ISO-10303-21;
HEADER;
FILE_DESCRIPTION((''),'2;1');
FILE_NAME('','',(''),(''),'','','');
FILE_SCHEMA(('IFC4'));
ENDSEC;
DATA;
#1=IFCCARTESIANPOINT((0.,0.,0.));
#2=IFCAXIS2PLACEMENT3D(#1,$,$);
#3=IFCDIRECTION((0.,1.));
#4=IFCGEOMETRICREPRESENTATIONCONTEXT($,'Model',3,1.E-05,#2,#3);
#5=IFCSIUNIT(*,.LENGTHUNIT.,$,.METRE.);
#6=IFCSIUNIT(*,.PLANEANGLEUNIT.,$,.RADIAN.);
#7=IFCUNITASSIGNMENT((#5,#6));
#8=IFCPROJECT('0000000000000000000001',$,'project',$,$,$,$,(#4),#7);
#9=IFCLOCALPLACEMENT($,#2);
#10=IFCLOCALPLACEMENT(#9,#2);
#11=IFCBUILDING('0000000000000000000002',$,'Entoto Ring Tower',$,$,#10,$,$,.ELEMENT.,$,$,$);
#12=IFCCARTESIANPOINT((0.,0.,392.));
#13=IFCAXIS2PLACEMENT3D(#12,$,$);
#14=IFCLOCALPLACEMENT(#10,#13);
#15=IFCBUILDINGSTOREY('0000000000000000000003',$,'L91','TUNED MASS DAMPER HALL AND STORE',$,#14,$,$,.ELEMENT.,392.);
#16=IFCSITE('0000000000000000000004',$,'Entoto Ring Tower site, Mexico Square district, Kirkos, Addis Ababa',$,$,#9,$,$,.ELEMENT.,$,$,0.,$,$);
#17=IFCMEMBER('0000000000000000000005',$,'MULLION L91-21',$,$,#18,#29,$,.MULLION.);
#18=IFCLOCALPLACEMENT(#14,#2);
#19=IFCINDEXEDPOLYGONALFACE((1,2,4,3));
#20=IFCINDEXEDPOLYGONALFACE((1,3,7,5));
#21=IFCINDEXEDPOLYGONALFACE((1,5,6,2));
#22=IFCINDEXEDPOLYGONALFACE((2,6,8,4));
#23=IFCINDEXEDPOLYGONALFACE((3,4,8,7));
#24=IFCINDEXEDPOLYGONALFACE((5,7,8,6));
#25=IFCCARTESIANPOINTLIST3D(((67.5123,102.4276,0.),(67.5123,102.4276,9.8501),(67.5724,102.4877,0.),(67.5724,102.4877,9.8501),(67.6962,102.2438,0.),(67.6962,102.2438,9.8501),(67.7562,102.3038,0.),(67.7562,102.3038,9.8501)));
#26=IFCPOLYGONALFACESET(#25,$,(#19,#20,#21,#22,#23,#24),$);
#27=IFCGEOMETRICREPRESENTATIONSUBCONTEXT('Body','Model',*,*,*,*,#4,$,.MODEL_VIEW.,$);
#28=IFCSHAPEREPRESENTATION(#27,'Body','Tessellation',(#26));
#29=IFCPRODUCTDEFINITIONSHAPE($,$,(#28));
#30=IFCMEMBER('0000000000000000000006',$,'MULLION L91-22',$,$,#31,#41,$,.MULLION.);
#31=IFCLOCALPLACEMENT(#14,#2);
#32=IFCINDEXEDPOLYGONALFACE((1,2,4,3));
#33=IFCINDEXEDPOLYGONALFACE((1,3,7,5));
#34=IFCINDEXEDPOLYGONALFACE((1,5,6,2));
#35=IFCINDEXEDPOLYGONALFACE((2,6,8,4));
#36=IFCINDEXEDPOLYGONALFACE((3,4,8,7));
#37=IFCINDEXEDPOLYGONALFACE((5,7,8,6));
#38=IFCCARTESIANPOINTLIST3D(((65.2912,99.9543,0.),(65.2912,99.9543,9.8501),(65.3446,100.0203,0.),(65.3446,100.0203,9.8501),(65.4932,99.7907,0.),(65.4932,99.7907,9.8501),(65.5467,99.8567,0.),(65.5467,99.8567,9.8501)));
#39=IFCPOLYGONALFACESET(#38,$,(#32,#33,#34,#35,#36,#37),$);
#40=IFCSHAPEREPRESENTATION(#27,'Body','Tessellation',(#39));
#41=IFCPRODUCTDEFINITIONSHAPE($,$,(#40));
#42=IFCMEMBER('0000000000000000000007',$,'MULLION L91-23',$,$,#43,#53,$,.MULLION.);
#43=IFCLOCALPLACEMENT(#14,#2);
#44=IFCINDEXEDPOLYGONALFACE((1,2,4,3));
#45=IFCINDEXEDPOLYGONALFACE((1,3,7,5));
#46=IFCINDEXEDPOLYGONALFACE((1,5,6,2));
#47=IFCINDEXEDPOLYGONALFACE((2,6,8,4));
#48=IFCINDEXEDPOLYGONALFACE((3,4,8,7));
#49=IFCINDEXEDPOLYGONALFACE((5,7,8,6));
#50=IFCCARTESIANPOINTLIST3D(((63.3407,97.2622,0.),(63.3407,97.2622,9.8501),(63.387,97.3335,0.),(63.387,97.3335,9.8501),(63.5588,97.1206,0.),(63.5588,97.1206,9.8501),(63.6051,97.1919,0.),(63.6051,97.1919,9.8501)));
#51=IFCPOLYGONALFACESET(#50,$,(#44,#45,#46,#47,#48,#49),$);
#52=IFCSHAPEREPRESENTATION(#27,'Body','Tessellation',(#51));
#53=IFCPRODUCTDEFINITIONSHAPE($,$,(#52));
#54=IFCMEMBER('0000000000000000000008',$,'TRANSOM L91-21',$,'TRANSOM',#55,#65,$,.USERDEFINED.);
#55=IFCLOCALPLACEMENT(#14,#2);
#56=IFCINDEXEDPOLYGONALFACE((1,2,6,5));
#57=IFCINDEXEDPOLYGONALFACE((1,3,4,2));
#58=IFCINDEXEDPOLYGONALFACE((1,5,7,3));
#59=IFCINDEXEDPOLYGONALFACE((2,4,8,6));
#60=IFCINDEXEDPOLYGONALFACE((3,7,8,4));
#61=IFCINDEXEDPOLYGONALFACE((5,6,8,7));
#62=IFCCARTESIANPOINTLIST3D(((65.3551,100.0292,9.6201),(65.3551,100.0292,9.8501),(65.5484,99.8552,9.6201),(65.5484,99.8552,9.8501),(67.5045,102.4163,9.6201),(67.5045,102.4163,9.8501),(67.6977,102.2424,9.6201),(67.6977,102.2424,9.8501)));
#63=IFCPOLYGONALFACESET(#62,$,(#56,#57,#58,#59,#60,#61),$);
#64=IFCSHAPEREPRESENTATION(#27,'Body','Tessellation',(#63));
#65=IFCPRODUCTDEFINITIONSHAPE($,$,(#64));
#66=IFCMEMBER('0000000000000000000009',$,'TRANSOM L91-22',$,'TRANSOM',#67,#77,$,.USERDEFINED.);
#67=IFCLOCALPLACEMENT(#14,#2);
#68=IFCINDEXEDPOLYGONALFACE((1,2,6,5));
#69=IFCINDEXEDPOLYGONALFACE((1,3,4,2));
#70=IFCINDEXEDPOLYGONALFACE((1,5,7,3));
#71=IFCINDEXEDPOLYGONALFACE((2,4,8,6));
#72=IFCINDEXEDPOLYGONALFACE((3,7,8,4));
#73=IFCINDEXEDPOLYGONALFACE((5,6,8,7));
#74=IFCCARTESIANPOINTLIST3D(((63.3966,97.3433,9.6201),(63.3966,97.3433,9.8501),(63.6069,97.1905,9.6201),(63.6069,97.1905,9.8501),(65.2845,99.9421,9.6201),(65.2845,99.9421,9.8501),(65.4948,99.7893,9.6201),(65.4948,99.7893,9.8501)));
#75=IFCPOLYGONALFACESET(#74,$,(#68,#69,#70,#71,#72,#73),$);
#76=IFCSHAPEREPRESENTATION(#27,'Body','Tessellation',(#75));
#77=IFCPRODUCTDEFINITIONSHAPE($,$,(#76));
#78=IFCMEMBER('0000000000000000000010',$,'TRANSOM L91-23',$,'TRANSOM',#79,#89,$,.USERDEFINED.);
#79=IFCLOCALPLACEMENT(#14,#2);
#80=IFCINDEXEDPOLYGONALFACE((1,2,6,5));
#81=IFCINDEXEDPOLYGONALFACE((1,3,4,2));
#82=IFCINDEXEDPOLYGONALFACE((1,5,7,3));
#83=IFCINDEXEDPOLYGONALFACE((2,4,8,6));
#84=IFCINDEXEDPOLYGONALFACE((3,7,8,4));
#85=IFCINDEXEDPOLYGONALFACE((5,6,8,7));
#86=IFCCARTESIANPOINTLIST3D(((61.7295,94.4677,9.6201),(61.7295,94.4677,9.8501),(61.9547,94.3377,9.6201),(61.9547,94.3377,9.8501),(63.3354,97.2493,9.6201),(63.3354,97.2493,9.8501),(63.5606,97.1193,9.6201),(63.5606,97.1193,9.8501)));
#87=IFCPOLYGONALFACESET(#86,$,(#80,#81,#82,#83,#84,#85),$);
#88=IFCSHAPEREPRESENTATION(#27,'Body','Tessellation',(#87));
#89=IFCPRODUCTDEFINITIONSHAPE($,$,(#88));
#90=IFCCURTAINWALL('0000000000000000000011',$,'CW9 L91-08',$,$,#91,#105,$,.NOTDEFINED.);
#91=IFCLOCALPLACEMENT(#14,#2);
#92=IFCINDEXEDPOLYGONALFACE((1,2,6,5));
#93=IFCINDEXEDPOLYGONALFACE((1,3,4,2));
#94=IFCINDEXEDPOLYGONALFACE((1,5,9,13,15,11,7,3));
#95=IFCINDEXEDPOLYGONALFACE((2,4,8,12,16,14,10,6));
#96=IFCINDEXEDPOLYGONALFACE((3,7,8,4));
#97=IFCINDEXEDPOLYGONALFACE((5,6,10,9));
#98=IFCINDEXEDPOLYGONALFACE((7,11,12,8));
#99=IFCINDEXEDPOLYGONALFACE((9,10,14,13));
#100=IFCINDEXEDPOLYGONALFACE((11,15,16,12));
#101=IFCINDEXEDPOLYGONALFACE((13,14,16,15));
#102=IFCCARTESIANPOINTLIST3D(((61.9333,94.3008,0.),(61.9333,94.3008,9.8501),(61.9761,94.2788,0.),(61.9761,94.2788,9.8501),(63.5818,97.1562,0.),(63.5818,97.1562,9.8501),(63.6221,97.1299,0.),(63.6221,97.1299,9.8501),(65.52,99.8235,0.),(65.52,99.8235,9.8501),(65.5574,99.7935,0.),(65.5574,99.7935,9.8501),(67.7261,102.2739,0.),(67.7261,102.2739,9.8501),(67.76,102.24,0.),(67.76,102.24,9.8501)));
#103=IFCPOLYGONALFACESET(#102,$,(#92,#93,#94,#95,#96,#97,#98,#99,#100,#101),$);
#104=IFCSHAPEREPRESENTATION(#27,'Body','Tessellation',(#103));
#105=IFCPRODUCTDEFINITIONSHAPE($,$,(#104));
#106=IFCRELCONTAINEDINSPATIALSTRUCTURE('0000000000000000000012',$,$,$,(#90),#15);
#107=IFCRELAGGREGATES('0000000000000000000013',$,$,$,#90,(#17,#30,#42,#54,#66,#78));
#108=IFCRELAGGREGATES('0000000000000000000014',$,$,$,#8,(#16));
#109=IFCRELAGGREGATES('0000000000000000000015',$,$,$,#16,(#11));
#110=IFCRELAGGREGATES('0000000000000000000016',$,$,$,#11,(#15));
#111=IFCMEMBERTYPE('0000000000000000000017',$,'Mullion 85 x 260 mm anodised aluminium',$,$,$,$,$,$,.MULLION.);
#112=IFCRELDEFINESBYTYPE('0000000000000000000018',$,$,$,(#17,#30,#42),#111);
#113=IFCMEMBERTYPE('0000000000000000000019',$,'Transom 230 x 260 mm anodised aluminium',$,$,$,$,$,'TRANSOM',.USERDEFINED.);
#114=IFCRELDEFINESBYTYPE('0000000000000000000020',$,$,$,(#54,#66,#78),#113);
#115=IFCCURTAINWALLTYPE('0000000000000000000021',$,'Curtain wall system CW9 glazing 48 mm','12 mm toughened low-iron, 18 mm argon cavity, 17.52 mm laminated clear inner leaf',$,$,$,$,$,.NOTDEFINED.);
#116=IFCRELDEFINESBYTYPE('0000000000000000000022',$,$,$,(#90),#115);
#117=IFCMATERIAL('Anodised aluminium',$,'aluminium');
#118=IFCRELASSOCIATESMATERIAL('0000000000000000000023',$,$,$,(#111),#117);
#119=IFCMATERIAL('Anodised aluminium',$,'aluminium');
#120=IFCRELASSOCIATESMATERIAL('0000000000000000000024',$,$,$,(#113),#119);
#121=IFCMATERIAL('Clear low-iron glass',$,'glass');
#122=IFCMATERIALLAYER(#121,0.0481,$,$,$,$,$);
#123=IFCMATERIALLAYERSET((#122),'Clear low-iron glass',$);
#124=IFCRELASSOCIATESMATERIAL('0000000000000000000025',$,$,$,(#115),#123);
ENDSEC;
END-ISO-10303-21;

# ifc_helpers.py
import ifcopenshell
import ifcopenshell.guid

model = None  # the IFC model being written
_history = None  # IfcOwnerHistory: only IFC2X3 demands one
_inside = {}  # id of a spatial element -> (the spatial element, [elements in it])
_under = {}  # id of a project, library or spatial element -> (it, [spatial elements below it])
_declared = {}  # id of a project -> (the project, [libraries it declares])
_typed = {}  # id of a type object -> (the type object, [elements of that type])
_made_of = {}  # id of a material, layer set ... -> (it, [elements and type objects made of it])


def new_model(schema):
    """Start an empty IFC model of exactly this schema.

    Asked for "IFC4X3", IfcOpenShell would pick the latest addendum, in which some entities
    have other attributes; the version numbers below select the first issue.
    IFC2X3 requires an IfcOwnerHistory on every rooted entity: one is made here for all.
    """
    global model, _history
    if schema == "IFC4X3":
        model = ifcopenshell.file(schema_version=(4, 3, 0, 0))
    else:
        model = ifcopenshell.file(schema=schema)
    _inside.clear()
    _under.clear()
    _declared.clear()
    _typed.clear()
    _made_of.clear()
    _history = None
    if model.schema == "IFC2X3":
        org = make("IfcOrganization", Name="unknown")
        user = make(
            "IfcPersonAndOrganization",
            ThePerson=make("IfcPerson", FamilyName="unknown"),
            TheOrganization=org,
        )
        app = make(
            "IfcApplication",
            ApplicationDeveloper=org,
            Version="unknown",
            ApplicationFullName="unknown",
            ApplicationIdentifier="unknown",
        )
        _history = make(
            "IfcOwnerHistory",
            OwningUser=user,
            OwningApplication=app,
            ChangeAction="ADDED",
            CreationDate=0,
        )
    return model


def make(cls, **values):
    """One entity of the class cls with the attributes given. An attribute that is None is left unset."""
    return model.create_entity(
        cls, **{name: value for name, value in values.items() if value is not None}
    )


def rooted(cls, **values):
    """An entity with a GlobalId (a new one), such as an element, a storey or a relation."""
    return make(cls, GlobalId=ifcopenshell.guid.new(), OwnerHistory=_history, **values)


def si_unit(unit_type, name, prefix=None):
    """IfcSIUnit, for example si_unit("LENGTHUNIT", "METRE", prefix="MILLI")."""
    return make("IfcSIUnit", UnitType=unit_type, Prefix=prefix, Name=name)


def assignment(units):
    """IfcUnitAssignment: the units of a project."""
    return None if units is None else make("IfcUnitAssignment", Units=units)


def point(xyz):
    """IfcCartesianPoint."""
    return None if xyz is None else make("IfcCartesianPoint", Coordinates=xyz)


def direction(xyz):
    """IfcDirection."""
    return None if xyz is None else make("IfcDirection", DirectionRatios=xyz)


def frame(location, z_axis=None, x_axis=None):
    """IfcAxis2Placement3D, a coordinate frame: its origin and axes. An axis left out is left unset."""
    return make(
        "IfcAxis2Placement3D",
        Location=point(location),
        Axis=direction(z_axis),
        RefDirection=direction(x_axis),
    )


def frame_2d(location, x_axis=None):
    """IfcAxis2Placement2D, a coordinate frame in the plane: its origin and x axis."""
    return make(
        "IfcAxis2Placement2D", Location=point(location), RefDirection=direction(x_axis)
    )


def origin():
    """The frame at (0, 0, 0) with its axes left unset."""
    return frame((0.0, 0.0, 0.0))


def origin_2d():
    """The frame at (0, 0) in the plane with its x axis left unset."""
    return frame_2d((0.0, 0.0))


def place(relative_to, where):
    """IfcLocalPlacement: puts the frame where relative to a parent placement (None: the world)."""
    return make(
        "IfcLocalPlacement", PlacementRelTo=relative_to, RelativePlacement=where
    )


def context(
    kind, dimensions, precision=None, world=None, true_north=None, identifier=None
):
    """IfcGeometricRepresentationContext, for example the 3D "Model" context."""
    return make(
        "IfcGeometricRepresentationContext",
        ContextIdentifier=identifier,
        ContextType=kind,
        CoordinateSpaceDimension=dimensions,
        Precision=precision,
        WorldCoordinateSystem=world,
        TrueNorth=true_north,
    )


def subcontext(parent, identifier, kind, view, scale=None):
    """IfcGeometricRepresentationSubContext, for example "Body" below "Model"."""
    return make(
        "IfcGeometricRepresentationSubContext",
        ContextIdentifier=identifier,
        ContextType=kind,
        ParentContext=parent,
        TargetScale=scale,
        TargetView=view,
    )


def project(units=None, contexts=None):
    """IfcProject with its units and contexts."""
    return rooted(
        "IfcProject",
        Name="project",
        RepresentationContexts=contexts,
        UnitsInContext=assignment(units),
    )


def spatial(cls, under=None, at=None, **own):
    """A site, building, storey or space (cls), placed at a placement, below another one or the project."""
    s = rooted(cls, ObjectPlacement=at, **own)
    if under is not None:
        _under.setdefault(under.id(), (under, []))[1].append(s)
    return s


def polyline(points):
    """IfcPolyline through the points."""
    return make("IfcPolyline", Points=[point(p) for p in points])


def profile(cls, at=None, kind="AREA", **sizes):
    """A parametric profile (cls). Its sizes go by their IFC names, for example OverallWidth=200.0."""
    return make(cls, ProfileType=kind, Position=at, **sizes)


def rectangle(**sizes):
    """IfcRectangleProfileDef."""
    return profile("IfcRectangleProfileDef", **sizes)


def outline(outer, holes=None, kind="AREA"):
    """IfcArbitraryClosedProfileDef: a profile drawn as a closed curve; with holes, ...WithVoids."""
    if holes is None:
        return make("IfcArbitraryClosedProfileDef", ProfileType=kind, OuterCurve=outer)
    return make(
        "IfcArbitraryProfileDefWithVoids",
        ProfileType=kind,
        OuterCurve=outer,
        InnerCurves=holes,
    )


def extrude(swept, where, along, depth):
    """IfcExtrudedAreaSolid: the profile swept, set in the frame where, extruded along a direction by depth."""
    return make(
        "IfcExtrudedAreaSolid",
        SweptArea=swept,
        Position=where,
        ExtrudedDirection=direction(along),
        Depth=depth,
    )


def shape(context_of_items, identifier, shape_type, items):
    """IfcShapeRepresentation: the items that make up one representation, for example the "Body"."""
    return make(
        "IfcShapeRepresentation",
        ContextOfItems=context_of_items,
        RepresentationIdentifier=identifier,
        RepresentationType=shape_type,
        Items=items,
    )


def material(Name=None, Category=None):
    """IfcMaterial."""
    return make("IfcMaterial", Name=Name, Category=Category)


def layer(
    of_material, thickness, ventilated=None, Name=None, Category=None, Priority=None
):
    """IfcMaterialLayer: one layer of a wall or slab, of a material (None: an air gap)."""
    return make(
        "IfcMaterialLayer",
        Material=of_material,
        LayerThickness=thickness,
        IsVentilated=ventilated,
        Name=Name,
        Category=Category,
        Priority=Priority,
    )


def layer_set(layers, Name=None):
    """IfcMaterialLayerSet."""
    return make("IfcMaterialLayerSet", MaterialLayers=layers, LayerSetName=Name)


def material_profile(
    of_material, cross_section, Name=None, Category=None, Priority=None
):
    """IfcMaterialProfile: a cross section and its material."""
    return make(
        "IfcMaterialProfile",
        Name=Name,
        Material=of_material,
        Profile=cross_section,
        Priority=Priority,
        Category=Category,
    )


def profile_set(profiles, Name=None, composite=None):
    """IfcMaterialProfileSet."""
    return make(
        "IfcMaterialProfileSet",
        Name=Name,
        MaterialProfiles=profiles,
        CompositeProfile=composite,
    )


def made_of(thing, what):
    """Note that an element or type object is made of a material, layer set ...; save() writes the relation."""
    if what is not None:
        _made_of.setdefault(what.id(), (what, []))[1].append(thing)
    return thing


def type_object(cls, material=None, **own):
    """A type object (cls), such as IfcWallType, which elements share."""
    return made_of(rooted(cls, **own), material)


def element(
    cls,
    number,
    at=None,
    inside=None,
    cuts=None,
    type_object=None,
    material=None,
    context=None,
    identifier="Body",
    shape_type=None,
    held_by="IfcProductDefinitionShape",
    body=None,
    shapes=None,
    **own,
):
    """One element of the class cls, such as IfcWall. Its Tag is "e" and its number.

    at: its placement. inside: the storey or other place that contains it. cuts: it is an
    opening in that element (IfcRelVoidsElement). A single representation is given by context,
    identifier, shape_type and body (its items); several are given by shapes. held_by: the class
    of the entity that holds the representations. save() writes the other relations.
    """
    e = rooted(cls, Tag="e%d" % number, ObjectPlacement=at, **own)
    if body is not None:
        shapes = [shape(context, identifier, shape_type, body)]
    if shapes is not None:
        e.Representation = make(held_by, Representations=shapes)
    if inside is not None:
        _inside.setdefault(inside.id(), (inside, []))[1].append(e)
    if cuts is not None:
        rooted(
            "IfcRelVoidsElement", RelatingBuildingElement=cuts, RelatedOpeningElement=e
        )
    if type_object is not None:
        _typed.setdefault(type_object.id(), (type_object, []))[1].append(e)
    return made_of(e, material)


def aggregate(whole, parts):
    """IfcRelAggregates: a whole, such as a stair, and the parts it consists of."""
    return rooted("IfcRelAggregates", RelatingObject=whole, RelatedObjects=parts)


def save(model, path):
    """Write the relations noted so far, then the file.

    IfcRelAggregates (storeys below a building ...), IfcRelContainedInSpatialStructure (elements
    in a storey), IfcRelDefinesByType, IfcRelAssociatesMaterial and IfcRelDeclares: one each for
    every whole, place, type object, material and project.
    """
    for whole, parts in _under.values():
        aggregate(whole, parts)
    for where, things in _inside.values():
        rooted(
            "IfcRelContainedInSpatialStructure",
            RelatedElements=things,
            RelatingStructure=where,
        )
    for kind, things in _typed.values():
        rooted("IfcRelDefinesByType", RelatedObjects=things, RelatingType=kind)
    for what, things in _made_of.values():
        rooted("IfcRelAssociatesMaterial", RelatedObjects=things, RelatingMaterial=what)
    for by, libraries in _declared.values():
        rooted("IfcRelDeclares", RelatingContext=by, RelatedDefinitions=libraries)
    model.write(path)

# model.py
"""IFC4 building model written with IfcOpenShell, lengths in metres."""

from ifc_helpers import new_model, si_unit, direction, frame, origin, origin_2d, place, context, subcontext, project, spatial, polyline, rectangle, outline, extrude, material, layer, layer_set, material_profile, profile_set, type_object, element, aggregate, save


model = new_model("IFC4")

# Units and contexts
model_context = context("Model", 3, precision=1e-05, world=origin(), true_north=direction((0.0, 1.0)))
body_context = subcontext(model_context, "Body", "Model", "MODEL_VIEW")
ifc_project = project(units=[si_unit("LENGTHUNIT", "METRE"), si_unit("PLANEANGLEUNIT", "RADIAN")], contexts=[model_context])

# Members
ifc_material_1 = material(Name="Anodised aluminium", Category="aluminium")
ifc_material_profile_1 = material_profile(ifc_material_1, rectangle(XDim=0.085, YDim=0.26, at=origin_2d()), Name="Mullion 85 x 260 mm anodised aluminium")
ifc_profile_set_1 = profile_set([ifc_material_profile_1], Name="Anodised aluminium")
member_type_1 = type_object("IfcMemberType", Name="Mullion 85 x 260 mm anodised aluminium", PredefinedType="MULLION", material=ifc_profile_set_1)
site_placement = place(None, origin())
building_placement = place(site_placement, origin())
storey_placement = place(building_placement, frame((0.0, 0.0, 392.0)))
member_1_placement = place(storey_placement, frame((67.6343, 102.3657, 0.0), z_axis=(0.0, 0.0, 1.0), x_axis=(-0.707107, -0.707107, 0.0)))
member_1 = element("IfcMember", 1, at=member_1_placement, type_object=member_type_1, Name="MULLION L91-21", PredefinedType="MULLION", context=body_context, shape_type="SweptSolid", body=[
    extrude(rectangle(XDim=0.085, YDim=0.26, at=origin_2d()), origin(), (0.0, 0.0, 1.0), 9.8501),
])
member_2_placement = place(storey_placement, frame((65.4189, 99.9055, 0.0), z_axis=(0.0, 0.0, 1.0), x_axis=(-0.62932, -0.777146, 0.0)))
member_2 = element("IfcMember", 2, at=member_2_placement, type_object=member_type_1, Name="MULLION L91-22", PredefinedType="MULLION", context=body_context, shape_type="SweptSolid", body=[
    extrude(rectangle(XDim=0.085, YDim=0.26, at=origin_2d()), origin(), (0.0, 0.0, 1.0), 9.8501),
])
member_3_placement = place(storey_placement, frame((63.4729, 97.2271, 0.0), z_axis=(0.0, 0.0, 1.0), x_axis=(-0.544639, -0.838671, 0.0)))
member_3 = element("IfcMember", 3, at=member_3_placement, type_object=member_type_1, Name="MULLION L91-23", PredefinedType="MULLION", context=body_context, shape_type="SweptSolid", body=[
    extrude(rectangle(XDim=0.085, YDim=0.26, at=origin_2d()), origin(), (0.0, 0.0, 1.0), 9.8501),
])
ifc_material_2 = material(Name="Anodised aluminium", Category="aluminium")
ifc_material_profile_2 = material_profile(ifc_material_2, rectangle(XDim=0.26, YDim=0.23, at=origin_2d()), Name="Transom 230 x 260 mm anodised aluminium")
ifc_profile_set_2 = profile_set([ifc_material_profile_2], Name="Anodised aluminium")
member_type_2 = type_object("IfcMemberType", Name="Transom 230 x 260 mm anodised aluminium", ElementType="TRANSOM", PredefinedType="USERDEFINED", material=ifc_profile_set_2)
member_4_placement = place(storey_placement, frame((67.6011, 102.3293, 9.7351), z_axis=(-0.669124, -0.743151, 0.0), x_axis=(0.743151, -0.669124, 0.0)))
member_4 = element("IfcMember", 4, at=member_4_placement, type_object=member_type_2, Name="TRANSOM L91-21", ObjectType="TRANSOM", PredefinedType="USERDEFINED", context=body_context, shape_type="SweptSolid", body=[
    extrude(rectangle(XDim=0.26, YDim=0.23, at=origin_2d()), origin(), (0.0, 0.0, 1.0), 3.2122),
])
member_5_placement = place(storey_placement, frame((65.3896, 99.8657, 9.7351), z_axis=(-0.587733, -0.809055, 0.0), x_axis=(0.809055, -0.587733, 0.0)))
member_5 = element("IfcMember", 5, at=member_5_placement, type_object=member_type_2, Name="TRANSOM L91-22", ObjectType="TRANSOM", PredefinedType="USERDEFINED", context=body_context, shape_type="SweptSolid", body=[
    extrude(rectangle(XDim=0.26, YDim=0.23, at=origin_2d()), origin(), (0.0, 0.0, 1.0), 3.2122),
])
member_6_placement = place(storey_placement, frame((63.448, 97.1843, 9.7351), z_axis=(-0.499981, -0.866036, 0.0), x_axis=(0.866036, -0.499981, 0.0)))
member_6 = element("IfcMember", 6, at=member_6_placement, type_object=member_type_2, Name="TRANSOM L91-23", ObjectType="TRANSOM", PredefinedType="USERDEFINED", context=body_context, shape_type="SweptSolid", body=[
    extrude(rectangle(XDim=0.26, YDim=0.23, at=origin_2d()), origin(), (0.0, 0.0, 1.0), 3.2119),
])

# Site, building, storey
site = spatial("IfcSite", under=ifc_project, at=site_placement, Name="Entoto Ring Tower site, Mexico Square district, Kirkos, Addis Ababa", CompositionType="ELEMENT", RefElevation=0.0)
building = spatial("IfcBuilding", under=site, at=building_placement, Name="Entoto Ring Tower", CompositionType="ELEMENT")
storey = spatial("IfcBuildingStorey", under=building, at=storey_placement, Name="L91", Description="TUNED MASS DAMPER HALL AND STORE", CompositionType="ELEMENT", Elevation=392.0)

# Curtain wall
ifc_material_3 = material(Name="Clear low-iron glass", Category="glass")
ifc_layer = layer(ifc_material_3, 0.0481)
ifc_layer_set = layer_set([ifc_layer], Name="Clear low-iron glass")
curtain_wall_type = type_object("IfcCurtainWallType", Name="Curtain wall system CW9 glazing 48 mm", Description="12 mm toughened low-iron, 18 mm argon cavity, 17.52 mm laminated clear inner leaf", PredefinedType="NOTDEFINED", material=ifc_layer_set)
curtain_wall_1_placement = place(storey_placement, origin())
curtain_wall_1 = element("IfcCurtainWall", 7, at=curtain_wall_1_placement, inside=storey, type_object=curtain_wall_type, Name="CW9 L91-08", PredefinedType="NOTDEFINED", context=body_context, shape_type="SweptSolid", body=[
    extrude(outline(polyline([(67.7261, 102.2739), (65.52, 99.8235), (63.5818, 97.1562), (61.9333, 94.3008), (61.9761, 94.2788), (63.6221, 97.1299), (65.5574, 99.7935), (67.76, 102.24), (67.7261, 102.2739)])), origin(), (0.0, 0.0, 1.0), 9.8501),
])
aggregate(curtain_wall_1, [member_1, member_2, member_3, member_4, member_5, member_6])

save(model, "model.ifc")
